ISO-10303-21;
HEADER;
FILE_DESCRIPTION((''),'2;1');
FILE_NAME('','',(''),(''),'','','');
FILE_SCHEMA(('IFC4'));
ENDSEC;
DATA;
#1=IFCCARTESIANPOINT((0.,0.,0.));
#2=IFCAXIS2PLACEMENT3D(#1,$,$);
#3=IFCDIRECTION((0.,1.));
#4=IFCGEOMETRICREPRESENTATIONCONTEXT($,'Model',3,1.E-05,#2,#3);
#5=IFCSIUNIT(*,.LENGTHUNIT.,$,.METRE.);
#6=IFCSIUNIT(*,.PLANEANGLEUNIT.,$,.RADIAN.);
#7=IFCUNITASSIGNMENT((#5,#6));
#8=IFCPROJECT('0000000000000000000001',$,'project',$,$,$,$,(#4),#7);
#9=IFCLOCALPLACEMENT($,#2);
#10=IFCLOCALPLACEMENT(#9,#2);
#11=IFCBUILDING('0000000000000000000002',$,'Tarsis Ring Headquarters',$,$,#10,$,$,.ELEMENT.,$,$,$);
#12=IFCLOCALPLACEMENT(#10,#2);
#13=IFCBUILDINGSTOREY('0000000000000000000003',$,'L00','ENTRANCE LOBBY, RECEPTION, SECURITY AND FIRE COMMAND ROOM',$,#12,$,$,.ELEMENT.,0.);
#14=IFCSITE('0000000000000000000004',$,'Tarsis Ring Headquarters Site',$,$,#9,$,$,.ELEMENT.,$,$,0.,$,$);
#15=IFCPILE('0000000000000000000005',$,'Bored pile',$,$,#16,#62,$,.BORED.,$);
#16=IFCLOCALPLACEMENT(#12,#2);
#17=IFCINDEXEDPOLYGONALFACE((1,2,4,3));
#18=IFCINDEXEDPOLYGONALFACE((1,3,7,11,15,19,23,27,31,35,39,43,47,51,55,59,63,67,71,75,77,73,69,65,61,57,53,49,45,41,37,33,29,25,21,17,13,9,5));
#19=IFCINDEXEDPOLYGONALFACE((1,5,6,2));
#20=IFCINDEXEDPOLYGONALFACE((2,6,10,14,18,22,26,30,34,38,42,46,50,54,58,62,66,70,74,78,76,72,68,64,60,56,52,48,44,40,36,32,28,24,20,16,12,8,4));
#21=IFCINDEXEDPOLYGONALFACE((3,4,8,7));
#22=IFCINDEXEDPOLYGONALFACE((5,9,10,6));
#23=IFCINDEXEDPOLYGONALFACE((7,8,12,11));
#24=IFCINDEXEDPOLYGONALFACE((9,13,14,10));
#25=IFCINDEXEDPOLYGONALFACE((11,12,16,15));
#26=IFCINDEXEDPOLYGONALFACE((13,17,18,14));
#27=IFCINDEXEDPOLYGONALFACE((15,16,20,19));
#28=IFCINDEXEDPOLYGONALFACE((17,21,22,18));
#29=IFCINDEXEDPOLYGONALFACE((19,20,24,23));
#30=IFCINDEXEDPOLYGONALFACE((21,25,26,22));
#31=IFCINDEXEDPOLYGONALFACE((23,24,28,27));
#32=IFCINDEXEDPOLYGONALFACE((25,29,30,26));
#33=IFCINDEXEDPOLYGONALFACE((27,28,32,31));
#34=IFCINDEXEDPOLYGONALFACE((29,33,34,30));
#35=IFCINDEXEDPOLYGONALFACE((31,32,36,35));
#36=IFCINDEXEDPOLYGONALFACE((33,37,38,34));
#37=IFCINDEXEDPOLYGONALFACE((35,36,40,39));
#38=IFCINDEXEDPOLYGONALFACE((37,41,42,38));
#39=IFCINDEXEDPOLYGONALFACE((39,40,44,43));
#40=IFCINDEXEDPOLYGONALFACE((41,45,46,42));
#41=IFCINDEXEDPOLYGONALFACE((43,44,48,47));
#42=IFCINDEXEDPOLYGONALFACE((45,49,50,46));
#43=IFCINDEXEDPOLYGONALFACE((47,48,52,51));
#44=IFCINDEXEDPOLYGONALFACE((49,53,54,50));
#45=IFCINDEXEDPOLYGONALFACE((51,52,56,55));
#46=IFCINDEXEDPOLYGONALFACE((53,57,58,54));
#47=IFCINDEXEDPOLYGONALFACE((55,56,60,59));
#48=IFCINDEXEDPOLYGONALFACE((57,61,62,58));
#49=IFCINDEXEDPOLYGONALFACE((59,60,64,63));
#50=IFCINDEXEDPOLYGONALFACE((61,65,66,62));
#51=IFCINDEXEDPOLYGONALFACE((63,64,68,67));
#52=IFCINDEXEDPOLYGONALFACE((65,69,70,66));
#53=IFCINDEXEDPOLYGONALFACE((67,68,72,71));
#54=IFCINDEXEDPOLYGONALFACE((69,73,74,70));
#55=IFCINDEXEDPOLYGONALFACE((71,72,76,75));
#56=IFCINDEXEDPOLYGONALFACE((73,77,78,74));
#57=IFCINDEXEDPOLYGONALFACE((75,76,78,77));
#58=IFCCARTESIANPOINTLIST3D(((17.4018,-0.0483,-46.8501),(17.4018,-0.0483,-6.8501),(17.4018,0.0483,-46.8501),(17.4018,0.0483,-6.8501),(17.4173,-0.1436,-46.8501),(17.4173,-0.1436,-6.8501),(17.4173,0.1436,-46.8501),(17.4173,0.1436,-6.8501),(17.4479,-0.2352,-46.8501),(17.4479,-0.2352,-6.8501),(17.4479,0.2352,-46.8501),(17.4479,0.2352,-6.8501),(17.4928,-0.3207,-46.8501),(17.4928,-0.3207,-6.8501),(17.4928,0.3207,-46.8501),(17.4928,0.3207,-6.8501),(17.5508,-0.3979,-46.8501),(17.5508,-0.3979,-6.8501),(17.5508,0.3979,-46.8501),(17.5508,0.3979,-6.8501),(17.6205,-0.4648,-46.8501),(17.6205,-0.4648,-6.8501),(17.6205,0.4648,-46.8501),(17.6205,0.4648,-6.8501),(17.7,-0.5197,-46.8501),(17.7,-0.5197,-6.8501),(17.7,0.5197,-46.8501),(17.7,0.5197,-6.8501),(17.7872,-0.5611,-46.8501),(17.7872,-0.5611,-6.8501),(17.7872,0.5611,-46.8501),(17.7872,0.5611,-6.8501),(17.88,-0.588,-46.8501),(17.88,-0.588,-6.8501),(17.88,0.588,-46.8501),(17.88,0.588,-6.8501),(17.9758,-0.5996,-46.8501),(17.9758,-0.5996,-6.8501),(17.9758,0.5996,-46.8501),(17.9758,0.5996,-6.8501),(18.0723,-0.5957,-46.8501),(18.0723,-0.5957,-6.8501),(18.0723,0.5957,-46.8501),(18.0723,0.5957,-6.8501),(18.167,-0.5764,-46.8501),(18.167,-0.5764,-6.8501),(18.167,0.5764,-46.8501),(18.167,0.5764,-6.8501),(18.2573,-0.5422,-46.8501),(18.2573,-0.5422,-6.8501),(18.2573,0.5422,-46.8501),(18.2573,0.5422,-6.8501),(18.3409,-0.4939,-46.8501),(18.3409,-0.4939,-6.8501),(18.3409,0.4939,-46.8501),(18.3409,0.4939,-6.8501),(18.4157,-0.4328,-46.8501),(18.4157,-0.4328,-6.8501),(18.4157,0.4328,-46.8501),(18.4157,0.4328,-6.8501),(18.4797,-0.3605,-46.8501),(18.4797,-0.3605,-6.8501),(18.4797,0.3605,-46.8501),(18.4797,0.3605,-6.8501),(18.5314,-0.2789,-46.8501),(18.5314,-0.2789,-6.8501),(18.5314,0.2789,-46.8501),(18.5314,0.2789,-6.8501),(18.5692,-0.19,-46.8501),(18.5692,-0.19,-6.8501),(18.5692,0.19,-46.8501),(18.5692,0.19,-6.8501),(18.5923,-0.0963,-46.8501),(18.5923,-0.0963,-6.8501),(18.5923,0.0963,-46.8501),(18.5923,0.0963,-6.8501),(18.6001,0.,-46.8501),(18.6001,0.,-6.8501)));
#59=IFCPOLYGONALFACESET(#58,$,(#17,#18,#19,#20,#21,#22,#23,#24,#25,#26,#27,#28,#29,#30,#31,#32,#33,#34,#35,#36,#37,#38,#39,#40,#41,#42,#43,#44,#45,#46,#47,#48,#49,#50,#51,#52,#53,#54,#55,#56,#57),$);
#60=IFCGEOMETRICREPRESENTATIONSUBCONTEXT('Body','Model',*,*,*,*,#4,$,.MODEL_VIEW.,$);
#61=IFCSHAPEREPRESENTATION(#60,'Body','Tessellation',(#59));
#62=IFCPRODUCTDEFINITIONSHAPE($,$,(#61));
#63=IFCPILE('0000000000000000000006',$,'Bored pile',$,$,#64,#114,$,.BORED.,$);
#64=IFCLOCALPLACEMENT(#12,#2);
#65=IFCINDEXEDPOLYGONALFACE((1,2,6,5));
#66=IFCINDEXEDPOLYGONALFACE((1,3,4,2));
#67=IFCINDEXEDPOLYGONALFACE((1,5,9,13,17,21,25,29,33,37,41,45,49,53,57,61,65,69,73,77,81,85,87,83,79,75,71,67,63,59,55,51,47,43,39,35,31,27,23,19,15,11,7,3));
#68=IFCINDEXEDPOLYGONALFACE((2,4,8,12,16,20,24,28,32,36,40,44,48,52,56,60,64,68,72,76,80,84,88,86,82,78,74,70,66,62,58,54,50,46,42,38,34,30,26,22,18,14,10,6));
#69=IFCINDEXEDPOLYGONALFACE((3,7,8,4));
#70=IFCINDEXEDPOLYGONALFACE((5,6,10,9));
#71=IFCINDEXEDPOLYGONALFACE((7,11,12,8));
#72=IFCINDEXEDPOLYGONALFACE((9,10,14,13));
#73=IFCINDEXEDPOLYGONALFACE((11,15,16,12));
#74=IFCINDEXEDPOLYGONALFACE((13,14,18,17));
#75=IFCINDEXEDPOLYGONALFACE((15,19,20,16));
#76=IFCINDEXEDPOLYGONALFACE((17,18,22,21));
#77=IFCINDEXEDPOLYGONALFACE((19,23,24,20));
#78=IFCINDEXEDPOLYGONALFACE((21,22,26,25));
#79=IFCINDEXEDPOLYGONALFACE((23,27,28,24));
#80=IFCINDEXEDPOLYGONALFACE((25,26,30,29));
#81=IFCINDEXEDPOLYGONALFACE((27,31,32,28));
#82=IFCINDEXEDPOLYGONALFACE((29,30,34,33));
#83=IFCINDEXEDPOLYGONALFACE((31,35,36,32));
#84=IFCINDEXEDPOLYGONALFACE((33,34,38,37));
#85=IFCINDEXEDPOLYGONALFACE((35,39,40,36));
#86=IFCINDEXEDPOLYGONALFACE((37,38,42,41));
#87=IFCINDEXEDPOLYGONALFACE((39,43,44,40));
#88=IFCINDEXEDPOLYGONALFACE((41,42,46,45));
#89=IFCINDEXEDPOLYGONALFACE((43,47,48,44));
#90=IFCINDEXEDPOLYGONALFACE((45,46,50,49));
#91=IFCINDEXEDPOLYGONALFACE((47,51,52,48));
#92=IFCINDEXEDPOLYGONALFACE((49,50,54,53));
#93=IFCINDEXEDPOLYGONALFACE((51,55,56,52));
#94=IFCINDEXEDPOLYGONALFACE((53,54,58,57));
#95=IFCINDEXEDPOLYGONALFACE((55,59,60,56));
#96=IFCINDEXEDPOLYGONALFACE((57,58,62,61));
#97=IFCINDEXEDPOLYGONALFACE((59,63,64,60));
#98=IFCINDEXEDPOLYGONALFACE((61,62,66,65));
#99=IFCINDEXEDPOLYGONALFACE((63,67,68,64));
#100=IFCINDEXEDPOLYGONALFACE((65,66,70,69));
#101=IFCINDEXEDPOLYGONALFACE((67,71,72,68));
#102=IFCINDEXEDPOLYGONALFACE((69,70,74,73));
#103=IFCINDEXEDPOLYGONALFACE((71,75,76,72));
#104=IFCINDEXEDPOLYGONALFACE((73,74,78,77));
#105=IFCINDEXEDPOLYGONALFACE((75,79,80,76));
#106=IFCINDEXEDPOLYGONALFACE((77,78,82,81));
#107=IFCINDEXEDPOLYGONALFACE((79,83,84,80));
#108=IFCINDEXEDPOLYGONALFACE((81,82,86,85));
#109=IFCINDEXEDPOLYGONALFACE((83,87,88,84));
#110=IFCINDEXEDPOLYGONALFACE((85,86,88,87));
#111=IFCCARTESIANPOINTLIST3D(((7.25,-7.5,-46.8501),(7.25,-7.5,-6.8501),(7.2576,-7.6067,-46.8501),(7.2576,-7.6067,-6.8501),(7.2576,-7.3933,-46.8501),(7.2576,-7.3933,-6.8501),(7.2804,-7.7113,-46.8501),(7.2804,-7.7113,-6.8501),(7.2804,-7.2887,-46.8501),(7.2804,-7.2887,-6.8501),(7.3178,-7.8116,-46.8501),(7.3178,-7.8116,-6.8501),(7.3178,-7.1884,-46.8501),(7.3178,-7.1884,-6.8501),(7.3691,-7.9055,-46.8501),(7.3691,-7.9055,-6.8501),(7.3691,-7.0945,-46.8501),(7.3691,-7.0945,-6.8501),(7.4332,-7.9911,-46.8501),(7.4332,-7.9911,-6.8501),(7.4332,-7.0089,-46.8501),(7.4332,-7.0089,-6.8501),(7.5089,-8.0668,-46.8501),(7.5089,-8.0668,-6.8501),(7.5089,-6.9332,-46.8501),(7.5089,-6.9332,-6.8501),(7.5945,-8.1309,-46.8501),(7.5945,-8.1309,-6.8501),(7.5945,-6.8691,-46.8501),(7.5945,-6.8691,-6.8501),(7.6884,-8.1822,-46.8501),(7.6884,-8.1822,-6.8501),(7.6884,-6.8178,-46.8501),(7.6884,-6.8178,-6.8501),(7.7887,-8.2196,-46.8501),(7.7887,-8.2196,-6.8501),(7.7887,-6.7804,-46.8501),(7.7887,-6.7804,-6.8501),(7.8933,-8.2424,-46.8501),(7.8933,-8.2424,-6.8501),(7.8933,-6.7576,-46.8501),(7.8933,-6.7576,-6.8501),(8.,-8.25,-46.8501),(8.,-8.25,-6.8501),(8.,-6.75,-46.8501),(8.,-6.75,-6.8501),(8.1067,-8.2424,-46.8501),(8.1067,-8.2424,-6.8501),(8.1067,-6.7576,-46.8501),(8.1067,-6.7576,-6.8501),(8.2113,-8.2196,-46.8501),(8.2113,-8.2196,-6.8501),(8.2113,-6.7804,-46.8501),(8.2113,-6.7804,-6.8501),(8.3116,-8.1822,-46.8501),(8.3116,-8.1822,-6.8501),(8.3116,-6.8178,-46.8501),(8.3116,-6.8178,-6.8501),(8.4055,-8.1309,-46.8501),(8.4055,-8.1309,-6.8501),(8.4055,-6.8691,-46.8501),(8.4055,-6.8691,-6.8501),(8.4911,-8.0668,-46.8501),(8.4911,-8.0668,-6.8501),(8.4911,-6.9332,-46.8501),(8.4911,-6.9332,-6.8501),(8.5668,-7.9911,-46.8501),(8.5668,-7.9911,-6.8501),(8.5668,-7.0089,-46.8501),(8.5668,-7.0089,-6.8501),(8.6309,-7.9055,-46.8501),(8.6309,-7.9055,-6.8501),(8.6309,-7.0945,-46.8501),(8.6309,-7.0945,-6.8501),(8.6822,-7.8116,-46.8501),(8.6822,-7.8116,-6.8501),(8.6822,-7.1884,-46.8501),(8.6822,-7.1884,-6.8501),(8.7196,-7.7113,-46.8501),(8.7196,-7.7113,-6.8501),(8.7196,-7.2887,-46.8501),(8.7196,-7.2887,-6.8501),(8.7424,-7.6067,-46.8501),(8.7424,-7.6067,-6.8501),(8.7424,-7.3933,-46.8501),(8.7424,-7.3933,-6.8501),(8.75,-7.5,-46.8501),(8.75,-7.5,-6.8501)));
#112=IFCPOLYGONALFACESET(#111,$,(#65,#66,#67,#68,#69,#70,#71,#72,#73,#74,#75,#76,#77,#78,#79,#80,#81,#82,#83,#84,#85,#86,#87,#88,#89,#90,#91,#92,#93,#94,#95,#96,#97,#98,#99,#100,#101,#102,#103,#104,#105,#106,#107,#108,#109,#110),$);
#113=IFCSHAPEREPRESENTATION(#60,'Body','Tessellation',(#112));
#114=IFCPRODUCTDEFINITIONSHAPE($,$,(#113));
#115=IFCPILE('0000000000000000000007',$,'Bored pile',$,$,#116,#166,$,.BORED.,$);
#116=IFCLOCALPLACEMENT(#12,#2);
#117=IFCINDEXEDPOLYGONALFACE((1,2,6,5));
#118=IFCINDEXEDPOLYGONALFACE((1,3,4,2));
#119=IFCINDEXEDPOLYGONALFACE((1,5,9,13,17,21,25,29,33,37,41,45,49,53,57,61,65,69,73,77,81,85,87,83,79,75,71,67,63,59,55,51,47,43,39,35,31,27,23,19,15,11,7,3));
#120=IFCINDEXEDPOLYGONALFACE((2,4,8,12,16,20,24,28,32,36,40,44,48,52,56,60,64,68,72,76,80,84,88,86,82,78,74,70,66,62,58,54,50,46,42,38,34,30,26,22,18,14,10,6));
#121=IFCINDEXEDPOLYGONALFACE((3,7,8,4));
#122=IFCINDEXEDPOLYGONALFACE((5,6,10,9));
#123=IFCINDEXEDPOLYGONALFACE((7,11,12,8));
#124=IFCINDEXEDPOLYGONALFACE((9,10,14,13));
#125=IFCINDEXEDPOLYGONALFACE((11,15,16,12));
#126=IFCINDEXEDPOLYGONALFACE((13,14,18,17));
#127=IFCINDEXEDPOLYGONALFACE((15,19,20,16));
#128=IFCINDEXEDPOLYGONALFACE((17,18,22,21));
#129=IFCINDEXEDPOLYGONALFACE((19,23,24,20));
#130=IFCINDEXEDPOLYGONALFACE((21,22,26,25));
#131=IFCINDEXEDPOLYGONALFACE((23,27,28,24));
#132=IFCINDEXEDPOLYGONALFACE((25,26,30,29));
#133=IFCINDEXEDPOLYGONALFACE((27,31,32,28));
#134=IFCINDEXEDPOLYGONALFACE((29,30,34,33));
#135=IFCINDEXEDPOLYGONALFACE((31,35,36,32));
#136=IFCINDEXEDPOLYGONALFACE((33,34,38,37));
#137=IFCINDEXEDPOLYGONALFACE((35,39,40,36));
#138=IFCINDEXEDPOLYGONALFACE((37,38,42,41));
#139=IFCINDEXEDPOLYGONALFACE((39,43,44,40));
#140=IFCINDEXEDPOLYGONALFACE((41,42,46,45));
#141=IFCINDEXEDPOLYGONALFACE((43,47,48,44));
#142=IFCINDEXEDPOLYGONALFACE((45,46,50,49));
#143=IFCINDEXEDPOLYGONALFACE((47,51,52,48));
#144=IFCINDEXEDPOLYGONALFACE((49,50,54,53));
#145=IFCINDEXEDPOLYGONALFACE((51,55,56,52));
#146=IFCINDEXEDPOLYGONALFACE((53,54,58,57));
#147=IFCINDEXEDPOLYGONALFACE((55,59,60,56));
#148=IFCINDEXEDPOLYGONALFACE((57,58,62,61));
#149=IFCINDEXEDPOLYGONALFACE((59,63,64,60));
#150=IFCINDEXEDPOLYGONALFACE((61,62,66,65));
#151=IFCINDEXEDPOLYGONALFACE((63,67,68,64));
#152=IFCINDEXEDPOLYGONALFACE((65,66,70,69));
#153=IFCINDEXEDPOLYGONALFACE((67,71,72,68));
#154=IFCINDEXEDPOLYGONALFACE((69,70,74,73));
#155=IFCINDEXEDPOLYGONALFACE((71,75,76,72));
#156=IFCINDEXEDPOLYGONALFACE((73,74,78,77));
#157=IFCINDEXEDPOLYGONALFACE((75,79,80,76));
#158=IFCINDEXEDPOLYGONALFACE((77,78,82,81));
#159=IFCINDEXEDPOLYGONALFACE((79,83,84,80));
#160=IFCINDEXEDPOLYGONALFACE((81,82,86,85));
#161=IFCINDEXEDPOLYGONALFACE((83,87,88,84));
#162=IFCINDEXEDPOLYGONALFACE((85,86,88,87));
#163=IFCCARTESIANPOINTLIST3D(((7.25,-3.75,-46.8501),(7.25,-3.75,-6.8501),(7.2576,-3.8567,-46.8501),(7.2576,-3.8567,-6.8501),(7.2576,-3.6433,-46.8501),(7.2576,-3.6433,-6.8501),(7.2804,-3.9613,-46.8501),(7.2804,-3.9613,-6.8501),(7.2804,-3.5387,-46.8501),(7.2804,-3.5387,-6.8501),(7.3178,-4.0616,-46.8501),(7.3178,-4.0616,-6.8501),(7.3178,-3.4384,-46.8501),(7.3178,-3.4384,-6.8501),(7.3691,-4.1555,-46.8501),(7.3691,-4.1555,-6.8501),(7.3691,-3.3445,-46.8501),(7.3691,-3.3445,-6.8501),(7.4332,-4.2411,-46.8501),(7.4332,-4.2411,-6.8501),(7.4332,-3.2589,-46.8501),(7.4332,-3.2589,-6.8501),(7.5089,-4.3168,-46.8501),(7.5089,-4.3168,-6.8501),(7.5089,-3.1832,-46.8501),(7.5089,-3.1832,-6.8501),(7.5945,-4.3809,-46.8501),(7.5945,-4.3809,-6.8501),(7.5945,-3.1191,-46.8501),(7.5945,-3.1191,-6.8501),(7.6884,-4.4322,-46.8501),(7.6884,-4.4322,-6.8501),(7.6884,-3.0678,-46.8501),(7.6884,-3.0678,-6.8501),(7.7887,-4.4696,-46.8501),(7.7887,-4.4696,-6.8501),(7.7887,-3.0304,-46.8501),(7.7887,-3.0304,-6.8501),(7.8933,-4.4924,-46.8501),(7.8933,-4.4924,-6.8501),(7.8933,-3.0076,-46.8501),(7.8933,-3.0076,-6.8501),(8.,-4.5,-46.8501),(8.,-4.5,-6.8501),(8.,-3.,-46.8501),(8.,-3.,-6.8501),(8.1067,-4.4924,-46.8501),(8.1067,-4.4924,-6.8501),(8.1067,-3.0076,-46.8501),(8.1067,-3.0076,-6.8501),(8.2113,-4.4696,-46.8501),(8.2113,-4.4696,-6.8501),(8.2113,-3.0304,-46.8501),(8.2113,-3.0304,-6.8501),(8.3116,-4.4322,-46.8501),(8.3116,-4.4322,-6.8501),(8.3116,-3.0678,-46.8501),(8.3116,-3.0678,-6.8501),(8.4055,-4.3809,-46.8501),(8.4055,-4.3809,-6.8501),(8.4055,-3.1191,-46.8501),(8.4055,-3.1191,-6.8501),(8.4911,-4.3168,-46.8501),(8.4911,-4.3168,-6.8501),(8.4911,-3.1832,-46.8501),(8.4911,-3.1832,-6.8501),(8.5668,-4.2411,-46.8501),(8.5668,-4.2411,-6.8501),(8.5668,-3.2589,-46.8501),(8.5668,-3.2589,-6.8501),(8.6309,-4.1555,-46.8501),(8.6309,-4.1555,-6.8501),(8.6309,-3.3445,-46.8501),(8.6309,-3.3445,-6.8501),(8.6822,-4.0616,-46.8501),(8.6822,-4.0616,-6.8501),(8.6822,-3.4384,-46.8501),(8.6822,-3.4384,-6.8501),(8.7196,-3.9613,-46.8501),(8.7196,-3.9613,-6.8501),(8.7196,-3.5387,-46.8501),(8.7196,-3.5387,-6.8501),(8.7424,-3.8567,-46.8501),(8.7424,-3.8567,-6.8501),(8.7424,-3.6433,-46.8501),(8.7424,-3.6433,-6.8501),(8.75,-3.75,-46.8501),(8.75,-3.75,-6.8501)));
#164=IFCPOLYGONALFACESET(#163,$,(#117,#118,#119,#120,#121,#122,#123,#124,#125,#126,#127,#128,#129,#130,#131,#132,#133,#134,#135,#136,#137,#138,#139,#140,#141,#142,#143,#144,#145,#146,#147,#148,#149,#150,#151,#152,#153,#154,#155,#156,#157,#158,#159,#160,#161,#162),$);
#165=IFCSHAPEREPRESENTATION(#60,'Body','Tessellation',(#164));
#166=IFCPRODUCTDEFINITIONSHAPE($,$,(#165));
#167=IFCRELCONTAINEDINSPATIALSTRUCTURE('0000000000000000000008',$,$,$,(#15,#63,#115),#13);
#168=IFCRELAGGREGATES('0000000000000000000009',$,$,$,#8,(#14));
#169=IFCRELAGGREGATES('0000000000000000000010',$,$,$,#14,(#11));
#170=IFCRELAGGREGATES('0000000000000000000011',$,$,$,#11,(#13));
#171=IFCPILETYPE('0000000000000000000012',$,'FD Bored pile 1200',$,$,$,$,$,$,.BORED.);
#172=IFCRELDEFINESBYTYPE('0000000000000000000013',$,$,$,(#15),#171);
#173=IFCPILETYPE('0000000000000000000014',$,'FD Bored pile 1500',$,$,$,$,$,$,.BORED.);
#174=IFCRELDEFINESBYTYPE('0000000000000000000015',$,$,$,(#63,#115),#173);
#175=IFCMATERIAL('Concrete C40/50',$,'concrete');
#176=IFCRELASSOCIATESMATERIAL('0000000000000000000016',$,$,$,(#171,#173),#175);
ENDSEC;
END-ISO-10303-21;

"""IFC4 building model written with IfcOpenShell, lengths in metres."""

from ifc_helpers import new_model, si_unit, direction, frame, origin, origin_2d, place, context, subcontext, project, spatial, circle, extrude, material, material_profile, profile_set, type_object, element, save


model = new_model("IFC4")

# Units and contexts
model_context = context("Model", 3, precision=1e-05, world=origin(), true_north=direction((0.0, 1.0)))
body_context = subcontext(model_context, "Body", "Model", "MODEL_VIEW")
ifc_project = project(units=[si_unit("LENGTHUNIT", "METRE"), si_unit("PLANEANGLEUNIT", "RADIAN")], contexts=[model_context])

# Site, building, storey
site_placement = place(None, origin())
site = spatial("IfcSite", under=ifc_project, at=site_placement, Name="Tarsis Ring Headquarters Site", CompositionType="ELEMENT", RefElevation=0.0)
building_placement = place(site_placement, origin())
building = spatial("IfcBuilding", under=site, at=building_placement, Name="Tarsis Ring Headquarters", CompositionType="ELEMENT")
storey_placement = place(building_placement, origin())
storey = spatial("IfcBuildingStorey", under=building, at=storey_placement, Name="L00", Description="ENTRANCE LOBBY, RECEPTION, SECURITY AND FIRE COMMAND ROOM", CompositionType="ELEMENT", Elevation=0.0)

# Piles
ifc_material_1 = material(Name="Concrete C40/50", Category="concrete")
ifc_material_profile_1 = material_profile(ifc_material_1, circle(Radius=0.6001, at=origin_2d()), Name="BORED 1200")
ifc_profile_set_1 = profile_set([ifc_material_profile_1], Name="Concrete C40/50")
pile_type_1 = type_object("IfcPileType", Name="FD Bored pile 1200", PredefinedType="BORED", material=ifc_profile_set_1)
pile_placement = place(storey_placement, frame((18.0, 0.0, -6.8501), z_axis=(0.0, 0.0, -1.0), x_axis=(1.0, 0.0, 0.0)))
element("IfcPile", 1, at=pile_placement, inside=storey, type_object=pile_type_1, Name="Bored pile", PredefinedType="BORED", context=body_context, shape_type="SweptSolid", body=[
    extrude(circle(Radius=0.6001, at=origin_2d()), origin(), (0.0, 0.0, 1.0), 40.0),
])
ifc_material_profile_2 = material_profile(ifc_material_1, circle(Radius=0.75, at=origin_2d()), Name="BORED 1500")
ifc_profile_set_2 = profile_set([ifc_material_profile_2], Name="Concrete C40/50")
pile_type_2 = type_object("IfcPileType", Name="FD Bored pile 1500", PredefinedType="BORED", material=ifc_profile_set_2)
for number, where, z_axis, x_axis, name in (
    (2, (8.0, -7.5, -6.8501), (0.0, 0.0, -1.0), (1.0, 0.0, 0.0), "Bored pile"),
    (3, (8.0, -3.75, -6.8501), (0.0, 0.0, -1.0), (1.0, 0.0, 0.0), "Bored pile"),
):
    element("IfcPile", number, at=place(storey_placement, frame(where, z_axis=z_axis, x_axis=x_axis)), inside=storey, type_object=pile_type_2, Name=name, PredefinedType="BORED", context=body_context, shape_type="SweptSolid", body=[
        extrude(circle(Radius=0.75, at=origin_2d()), origin(), (0.0, 0.0, 1.0), 40.0),
    ])

save(model, "model.ifc")
